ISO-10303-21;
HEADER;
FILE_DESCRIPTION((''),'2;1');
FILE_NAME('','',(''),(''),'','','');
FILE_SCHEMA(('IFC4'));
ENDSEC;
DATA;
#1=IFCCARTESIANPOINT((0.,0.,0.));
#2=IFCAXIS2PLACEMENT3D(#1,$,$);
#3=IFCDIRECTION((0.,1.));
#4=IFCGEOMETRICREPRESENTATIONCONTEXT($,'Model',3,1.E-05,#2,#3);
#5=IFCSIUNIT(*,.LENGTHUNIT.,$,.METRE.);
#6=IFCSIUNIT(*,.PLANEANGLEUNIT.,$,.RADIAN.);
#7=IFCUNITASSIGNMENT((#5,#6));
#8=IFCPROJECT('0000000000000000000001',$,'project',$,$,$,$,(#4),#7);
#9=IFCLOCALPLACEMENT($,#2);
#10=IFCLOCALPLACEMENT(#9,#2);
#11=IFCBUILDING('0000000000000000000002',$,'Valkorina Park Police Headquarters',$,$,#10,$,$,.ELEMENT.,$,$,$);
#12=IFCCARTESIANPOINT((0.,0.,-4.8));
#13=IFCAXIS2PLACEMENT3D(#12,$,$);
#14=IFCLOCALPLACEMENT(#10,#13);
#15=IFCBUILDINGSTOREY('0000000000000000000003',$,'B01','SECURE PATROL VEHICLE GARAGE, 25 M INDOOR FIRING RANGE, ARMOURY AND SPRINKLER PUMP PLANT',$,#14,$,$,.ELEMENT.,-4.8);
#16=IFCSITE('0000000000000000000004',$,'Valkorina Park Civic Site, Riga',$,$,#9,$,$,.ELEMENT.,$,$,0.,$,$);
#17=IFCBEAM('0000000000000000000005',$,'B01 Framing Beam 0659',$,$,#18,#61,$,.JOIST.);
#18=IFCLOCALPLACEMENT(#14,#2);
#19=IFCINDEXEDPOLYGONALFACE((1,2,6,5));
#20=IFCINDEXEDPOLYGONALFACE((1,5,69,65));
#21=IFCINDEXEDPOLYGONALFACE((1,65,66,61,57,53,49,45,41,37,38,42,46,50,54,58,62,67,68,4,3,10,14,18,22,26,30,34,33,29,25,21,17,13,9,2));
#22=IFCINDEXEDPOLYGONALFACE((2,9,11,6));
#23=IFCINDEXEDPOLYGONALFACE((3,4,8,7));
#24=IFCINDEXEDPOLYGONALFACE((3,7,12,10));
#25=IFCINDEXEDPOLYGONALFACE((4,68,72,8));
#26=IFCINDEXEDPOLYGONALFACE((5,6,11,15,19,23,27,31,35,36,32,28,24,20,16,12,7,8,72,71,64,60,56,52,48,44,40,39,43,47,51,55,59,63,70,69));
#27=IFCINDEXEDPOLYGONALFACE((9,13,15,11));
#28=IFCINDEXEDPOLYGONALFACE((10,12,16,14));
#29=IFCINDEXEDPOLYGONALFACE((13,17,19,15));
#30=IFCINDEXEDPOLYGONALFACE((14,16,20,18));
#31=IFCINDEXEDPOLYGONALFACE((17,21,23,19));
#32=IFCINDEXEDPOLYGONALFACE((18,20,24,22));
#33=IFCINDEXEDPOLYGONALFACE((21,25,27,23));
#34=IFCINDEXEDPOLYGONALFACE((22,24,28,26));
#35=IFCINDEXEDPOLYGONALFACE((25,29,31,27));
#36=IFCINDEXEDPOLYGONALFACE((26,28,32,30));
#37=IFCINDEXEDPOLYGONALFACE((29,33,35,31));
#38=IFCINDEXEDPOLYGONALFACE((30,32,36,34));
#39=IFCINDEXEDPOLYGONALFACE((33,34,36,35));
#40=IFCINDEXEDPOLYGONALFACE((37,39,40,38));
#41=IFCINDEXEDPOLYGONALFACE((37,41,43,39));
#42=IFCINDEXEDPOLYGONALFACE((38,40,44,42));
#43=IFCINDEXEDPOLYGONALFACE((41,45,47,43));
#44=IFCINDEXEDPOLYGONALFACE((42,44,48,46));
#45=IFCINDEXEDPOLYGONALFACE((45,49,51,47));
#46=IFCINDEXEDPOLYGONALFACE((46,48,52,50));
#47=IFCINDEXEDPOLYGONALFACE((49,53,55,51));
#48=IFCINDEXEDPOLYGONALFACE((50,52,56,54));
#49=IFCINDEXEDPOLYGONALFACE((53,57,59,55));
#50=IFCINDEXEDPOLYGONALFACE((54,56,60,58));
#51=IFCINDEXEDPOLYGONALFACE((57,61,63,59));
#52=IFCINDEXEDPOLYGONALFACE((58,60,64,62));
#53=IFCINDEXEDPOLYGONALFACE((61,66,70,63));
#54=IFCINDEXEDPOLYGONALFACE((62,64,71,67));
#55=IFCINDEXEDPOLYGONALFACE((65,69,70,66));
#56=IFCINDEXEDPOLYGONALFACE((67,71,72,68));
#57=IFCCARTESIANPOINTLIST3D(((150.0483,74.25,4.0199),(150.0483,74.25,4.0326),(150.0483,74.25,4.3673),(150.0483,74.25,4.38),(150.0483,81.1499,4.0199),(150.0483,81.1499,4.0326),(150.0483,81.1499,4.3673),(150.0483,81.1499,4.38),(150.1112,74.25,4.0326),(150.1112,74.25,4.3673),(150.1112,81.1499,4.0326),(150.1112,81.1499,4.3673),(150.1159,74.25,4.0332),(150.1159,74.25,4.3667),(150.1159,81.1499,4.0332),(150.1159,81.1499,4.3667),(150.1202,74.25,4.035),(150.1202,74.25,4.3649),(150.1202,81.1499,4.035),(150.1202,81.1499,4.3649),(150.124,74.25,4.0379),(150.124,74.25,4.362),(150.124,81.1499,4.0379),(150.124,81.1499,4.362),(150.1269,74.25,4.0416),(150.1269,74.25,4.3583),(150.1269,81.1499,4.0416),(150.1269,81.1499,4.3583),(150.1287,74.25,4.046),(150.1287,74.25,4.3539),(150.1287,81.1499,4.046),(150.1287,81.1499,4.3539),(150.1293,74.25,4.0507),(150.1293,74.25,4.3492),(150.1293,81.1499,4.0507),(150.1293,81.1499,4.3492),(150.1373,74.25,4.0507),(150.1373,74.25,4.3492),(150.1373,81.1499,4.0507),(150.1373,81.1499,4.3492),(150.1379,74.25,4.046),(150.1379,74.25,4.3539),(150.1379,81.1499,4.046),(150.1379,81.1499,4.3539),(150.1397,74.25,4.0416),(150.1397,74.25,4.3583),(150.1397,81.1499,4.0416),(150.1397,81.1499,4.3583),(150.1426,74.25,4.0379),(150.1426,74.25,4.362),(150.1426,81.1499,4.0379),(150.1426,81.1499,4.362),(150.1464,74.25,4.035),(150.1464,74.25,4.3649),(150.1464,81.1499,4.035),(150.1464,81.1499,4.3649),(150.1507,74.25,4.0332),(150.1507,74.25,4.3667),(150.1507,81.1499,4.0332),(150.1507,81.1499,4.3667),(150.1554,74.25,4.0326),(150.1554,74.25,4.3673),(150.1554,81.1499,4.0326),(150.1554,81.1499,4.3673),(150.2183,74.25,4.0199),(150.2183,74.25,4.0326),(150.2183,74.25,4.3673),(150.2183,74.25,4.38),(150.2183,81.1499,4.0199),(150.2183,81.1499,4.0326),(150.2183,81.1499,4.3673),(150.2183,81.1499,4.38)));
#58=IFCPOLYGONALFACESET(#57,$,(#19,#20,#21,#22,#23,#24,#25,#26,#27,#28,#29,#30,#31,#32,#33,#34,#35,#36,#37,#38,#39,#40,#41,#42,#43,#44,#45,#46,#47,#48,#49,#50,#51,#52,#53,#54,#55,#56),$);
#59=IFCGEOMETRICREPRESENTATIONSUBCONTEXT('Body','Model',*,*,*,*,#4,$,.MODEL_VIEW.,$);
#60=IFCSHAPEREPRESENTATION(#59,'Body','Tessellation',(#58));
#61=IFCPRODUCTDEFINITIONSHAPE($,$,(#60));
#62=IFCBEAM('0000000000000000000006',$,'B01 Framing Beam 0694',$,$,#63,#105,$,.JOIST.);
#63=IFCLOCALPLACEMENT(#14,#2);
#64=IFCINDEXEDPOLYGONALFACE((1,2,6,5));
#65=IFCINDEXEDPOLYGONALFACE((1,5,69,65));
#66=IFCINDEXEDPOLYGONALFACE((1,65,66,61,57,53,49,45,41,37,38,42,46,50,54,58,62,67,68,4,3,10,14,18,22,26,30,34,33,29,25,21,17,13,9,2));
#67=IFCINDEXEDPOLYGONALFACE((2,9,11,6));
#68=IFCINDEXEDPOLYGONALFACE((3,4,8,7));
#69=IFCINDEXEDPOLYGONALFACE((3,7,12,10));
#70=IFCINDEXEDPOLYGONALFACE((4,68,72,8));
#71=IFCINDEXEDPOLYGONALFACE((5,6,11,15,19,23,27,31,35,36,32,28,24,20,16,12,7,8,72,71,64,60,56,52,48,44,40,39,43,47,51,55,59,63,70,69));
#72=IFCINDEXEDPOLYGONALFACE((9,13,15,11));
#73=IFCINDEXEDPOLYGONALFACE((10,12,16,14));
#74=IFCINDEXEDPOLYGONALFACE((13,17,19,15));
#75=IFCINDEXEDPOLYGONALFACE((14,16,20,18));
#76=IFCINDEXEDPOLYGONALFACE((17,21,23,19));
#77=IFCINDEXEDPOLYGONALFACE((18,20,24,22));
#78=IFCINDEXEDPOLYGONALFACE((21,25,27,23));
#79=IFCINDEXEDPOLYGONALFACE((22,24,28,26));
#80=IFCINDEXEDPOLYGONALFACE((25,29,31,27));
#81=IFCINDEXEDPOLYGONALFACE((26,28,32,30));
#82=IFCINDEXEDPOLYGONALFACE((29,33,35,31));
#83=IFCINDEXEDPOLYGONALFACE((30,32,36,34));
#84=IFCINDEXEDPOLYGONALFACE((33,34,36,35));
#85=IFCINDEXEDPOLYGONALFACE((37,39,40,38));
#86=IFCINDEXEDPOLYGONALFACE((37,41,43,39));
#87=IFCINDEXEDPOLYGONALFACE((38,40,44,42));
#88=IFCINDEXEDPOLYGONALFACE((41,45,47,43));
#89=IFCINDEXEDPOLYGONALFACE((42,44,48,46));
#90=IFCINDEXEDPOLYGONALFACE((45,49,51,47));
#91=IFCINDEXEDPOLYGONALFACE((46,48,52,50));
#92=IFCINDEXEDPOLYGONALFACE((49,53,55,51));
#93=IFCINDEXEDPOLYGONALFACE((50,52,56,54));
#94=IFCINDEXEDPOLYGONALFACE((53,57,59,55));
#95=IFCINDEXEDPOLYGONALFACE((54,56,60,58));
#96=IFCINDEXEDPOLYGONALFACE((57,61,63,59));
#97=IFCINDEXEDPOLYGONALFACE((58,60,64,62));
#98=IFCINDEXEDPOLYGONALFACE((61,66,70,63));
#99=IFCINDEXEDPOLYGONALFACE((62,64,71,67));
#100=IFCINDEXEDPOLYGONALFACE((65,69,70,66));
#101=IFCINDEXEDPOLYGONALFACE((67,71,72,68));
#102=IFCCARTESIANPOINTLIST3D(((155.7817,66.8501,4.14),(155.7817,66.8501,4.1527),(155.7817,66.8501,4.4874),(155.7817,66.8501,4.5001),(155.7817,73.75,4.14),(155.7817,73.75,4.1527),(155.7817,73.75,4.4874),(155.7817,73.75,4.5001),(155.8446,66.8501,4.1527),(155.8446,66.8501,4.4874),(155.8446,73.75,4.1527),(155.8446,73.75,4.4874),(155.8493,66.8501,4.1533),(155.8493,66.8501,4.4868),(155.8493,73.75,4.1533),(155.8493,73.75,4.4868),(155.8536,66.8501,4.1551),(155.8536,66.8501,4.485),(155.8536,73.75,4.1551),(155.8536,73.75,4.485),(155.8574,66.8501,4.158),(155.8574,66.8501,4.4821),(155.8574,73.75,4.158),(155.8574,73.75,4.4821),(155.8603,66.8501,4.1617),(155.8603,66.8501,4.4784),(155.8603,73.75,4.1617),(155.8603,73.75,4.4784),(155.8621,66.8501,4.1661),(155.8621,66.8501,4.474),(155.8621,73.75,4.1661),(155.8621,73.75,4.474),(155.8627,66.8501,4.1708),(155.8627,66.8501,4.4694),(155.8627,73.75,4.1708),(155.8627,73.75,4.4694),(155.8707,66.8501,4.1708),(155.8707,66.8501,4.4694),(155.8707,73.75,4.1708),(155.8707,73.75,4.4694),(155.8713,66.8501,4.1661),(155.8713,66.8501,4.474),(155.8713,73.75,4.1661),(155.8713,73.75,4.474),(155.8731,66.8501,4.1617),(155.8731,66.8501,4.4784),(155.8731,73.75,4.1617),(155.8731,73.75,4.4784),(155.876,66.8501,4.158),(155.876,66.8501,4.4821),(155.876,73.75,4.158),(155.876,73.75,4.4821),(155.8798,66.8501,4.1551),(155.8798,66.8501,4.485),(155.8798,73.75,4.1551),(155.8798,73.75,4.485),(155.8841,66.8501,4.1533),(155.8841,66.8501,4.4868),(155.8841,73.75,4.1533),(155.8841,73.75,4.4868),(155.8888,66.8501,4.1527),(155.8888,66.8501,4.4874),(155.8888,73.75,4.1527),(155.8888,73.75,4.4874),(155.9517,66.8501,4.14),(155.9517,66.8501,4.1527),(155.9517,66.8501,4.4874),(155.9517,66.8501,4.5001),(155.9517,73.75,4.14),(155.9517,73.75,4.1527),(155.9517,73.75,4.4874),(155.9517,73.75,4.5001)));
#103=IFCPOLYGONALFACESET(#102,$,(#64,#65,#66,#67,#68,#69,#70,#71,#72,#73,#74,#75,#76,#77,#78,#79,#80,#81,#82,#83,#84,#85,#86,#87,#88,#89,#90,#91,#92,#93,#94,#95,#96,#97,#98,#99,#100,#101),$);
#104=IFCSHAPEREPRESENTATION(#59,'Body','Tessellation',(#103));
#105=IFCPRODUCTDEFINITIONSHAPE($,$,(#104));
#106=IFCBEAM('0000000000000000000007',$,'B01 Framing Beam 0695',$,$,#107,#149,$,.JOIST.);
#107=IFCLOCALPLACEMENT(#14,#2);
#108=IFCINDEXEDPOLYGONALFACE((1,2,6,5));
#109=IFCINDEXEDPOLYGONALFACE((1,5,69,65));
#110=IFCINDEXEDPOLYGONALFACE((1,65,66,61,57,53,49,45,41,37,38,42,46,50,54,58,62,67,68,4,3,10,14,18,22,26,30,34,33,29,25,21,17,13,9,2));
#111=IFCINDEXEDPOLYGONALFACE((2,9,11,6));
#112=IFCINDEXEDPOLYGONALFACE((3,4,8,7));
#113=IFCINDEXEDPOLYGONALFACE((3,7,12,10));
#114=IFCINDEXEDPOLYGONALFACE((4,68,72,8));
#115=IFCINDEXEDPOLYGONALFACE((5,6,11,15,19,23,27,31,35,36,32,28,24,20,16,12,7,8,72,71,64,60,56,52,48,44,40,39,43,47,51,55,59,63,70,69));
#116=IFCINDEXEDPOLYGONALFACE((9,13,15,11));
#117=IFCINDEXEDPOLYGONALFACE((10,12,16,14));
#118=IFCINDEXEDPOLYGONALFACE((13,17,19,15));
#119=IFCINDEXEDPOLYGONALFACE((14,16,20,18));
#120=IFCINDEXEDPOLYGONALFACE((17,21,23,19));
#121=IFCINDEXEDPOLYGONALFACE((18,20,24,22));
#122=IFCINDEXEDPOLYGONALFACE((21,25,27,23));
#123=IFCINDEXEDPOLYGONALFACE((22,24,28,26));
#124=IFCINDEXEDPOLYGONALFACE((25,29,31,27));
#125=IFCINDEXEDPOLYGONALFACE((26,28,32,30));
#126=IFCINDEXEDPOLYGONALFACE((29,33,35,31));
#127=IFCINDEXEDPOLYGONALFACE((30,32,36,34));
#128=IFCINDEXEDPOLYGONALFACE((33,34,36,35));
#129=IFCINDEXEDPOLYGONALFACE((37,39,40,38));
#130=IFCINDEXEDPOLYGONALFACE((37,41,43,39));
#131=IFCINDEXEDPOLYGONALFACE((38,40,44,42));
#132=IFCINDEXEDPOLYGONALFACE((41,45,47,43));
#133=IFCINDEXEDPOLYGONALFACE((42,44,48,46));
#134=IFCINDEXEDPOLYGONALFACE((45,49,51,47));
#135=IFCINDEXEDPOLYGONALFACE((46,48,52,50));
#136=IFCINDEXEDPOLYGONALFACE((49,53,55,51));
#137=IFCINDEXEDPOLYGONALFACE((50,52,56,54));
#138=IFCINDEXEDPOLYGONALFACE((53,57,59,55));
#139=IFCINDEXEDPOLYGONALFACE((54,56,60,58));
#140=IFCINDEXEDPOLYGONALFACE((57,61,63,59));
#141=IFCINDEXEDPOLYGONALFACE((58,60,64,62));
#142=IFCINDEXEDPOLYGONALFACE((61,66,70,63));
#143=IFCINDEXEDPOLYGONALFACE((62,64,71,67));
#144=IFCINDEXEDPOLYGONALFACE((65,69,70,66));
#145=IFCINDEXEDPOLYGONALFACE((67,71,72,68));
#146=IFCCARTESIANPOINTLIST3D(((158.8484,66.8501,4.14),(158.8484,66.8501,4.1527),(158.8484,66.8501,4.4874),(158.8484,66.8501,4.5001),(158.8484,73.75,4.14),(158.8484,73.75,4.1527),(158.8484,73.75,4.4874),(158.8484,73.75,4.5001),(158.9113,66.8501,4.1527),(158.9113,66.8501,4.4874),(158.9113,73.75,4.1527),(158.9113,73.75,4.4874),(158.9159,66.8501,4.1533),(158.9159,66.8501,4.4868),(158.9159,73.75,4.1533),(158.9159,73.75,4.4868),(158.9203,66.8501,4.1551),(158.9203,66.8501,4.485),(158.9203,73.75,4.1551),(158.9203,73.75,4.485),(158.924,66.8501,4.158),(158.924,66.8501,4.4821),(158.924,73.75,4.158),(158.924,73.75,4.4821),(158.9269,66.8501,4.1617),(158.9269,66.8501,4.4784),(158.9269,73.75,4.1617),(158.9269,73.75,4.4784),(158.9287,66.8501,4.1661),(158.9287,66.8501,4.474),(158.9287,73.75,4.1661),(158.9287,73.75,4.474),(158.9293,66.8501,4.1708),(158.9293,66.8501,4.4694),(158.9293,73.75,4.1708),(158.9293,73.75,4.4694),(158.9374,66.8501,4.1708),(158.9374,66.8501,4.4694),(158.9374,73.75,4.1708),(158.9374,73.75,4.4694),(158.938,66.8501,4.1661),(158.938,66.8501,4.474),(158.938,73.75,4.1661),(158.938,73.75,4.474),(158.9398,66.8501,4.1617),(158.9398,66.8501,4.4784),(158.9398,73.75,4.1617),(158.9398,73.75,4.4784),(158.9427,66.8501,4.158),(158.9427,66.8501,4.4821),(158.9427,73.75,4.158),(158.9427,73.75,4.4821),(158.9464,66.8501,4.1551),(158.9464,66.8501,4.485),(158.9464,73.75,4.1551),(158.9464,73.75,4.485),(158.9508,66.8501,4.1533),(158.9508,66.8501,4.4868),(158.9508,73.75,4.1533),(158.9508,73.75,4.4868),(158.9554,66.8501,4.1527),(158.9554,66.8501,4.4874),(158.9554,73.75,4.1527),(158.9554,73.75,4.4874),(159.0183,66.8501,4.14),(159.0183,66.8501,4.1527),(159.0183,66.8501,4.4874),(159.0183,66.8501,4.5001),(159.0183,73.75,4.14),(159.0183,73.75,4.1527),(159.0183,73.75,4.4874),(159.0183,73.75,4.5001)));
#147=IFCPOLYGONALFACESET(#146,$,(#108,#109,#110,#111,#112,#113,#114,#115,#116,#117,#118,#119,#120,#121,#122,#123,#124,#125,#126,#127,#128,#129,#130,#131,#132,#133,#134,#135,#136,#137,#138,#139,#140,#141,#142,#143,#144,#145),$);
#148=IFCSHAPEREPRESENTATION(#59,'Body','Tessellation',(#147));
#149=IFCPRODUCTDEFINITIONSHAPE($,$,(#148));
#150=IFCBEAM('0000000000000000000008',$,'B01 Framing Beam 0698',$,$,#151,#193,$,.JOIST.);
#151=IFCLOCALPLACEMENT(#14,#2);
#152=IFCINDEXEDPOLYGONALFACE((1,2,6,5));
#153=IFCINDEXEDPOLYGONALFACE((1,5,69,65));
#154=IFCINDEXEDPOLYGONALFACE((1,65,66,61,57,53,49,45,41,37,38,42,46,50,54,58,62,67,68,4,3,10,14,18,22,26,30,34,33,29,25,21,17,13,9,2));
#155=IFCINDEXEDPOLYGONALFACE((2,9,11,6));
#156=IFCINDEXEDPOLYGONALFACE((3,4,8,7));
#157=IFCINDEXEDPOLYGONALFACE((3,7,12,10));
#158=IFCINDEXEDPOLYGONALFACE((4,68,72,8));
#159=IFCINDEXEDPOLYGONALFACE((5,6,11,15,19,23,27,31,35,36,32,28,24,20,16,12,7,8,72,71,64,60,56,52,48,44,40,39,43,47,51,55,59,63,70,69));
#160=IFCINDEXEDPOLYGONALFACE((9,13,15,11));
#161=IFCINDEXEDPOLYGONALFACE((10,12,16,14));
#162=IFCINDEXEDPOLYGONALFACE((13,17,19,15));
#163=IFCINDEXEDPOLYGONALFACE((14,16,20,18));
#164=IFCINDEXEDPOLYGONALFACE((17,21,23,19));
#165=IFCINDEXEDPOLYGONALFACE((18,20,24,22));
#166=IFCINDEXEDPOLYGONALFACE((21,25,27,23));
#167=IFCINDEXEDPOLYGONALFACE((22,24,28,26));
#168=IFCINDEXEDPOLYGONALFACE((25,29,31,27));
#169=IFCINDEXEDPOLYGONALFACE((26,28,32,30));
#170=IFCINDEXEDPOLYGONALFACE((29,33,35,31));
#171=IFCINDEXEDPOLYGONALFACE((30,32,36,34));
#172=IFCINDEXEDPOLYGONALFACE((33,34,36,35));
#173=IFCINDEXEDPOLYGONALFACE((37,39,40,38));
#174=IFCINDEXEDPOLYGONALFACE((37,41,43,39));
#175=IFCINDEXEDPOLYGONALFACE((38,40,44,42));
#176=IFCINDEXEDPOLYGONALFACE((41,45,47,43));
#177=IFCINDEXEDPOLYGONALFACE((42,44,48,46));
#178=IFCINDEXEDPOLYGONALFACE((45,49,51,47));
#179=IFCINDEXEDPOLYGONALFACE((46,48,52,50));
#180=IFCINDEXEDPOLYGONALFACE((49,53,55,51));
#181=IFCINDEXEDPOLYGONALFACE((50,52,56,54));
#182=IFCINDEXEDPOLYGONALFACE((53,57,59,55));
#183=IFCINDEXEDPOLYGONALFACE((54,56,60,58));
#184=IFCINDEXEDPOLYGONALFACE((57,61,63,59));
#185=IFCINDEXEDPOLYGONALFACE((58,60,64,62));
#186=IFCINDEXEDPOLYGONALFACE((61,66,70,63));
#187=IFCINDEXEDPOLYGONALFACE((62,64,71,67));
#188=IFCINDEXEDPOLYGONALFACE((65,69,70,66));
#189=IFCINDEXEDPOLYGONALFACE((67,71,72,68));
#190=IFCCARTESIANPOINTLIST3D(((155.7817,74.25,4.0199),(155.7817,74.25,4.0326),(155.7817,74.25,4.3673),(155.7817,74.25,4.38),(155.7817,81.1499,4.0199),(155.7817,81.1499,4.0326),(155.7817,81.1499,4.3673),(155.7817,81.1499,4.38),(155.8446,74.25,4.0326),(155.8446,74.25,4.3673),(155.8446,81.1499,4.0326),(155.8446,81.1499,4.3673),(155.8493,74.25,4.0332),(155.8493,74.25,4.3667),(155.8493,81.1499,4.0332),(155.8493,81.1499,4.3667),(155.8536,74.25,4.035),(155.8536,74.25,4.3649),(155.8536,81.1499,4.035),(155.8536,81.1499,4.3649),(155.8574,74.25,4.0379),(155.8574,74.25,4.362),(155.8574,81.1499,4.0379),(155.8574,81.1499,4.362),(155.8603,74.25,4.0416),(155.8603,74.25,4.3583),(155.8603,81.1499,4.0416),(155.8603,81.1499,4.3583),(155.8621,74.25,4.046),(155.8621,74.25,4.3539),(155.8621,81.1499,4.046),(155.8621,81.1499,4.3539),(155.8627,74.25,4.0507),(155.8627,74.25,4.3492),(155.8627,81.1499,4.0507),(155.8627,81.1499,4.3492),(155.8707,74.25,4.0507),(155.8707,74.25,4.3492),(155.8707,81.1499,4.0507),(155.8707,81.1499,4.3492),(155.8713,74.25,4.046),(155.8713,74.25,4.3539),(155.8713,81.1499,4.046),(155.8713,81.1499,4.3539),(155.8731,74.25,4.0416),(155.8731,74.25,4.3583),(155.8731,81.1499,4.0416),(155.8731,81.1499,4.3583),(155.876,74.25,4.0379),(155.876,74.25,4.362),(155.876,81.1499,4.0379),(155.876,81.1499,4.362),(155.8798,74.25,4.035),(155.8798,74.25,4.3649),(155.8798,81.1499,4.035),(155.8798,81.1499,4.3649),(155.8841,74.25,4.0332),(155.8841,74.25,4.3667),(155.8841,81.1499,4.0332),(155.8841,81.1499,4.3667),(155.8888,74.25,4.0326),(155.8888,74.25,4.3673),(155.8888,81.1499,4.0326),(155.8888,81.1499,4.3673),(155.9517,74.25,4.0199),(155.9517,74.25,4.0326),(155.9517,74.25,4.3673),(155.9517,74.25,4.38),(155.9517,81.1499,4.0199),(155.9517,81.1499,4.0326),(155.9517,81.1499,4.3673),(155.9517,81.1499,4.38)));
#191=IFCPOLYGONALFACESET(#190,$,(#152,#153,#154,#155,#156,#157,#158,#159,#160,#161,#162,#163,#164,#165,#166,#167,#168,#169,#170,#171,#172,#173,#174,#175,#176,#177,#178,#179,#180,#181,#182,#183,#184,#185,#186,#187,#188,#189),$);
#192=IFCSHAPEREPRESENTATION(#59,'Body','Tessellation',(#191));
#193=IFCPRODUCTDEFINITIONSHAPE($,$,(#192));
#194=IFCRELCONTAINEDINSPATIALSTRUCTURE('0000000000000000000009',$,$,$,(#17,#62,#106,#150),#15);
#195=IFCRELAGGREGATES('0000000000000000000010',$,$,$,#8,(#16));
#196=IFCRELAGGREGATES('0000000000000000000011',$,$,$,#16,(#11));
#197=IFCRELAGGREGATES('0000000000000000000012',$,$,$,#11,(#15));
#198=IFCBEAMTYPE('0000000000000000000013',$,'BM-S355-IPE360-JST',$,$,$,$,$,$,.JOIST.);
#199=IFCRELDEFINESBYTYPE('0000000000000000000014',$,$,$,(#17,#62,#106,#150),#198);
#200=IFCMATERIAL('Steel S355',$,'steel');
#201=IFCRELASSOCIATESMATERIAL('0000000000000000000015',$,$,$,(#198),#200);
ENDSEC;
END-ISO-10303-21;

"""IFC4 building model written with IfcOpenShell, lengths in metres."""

from ifc_helpers import new_model, si_unit, direction, frame, origin, origin_2d, place, context, subcontext, project, spatial, i_section, extrude, material, material_profile, profile_set, type_object, element, save


model = new_model("IFC4")

# Units and contexts
model_context = context("Model", 3, precision=1e-05, world=origin(), true_north=direction((0.0, 1.0)))
body_context = subcontext(model_context, "Body", "Model", "MODEL_VIEW")
ifc_project = project(units=[si_unit("LENGTHUNIT", "METRE"), si_unit("PLANEANGLEUNIT", "RADIAN")], contexts=[model_context])

# Site, building, storey
site_placement = place(None, origin())
site = spatial("IfcSite", under=ifc_project, at=site_placement, Name="Valkorina Park Civic Site, Riga", CompositionType="ELEMENT", RefElevation=0.0)
building_placement = place(site_placement, origin())
building = spatial("IfcBuilding", under=site, at=building_placement, Name="Valkorina Park Police Headquarters", CompositionType="ELEMENT")
storey_placement = place(building_placement, frame((0.0, 0.0, -4.8)))
storey = spatial("IfcBuildingStorey", under=building, at=storey_placement, Name="B01", Description="SECURE PATROL VEHICLE GARAGE, 25 M INDOOR FIRING RANGE, ARMOURY AND SPRINKLER PUMP PLANT", CompositionType="ELEMENT", Elevation=-4.8)

# Beams
ifc_material_1 = material(Name="Steel S355", Category="steel")
ifc_material_profile_1 = material_profile(ifc_material_1, i_section(OverallWidth=0.1699, OverallDepth=0.3601, WebThickness=0.0081, FlangeThickness=0.0127, FilletRadius=0.0181, at=origin_2d()), Name="IPE 360")
ifc_profile_set_1 = profile_set([ifc_material_profile_1], Name="Steel S355")
beam_type_1 = type_object("IfcBeamType", Name="BM-S355-IPE360-JST", PredefinedType="JOIST", material=ifc_profile_set_1)
for number, where, z_axis, x_axis, name in (
    (1, (150.1333, 74.25, 4.2), (0.0, 1.0, 0.0), (-1.0, 0.0, 0.0), "B01 Framing Beam 0659"),
    (2, (155.8667, 66.8501, 4.3201), (0.0, 1.0, 0.0), (-1.0, 0.0, 0.0), "B01 Framing Beam 0694"),
    (3, (158.9333, 66.8501, 4.3201), (0.0, 1.0, 0.0), (-1.0, 0.0, 0.0), "B01 Framing Beam 0695"),
    (4, (155.8667, 74.25, 4.2), (0.0, 1.0, 0.0), (-1.0, 0.0, 0.0), "B01 Framing Beam 0698"),
):
    element("IfcBeam", number, at=place(storey_placement, frame(where, z_axis=z_axis, x_axis=x_axis)), inside=storey, type_object=beam_type_1, Name=name, PredefinedType="JOIST", context=body_context, shape_type="SweptSolid", body=[
        extrude(i_section(OverallWidth=0.1699, OverallDepth=0.3601, WebThickness=0.0081, FlangeThickness=0.0127, FilletRadius=0.0181, at=origin_2d()), origin(), (0.0, 0.0, 1.0), 6.8999),
    ])

save(model, "model.ifc")
